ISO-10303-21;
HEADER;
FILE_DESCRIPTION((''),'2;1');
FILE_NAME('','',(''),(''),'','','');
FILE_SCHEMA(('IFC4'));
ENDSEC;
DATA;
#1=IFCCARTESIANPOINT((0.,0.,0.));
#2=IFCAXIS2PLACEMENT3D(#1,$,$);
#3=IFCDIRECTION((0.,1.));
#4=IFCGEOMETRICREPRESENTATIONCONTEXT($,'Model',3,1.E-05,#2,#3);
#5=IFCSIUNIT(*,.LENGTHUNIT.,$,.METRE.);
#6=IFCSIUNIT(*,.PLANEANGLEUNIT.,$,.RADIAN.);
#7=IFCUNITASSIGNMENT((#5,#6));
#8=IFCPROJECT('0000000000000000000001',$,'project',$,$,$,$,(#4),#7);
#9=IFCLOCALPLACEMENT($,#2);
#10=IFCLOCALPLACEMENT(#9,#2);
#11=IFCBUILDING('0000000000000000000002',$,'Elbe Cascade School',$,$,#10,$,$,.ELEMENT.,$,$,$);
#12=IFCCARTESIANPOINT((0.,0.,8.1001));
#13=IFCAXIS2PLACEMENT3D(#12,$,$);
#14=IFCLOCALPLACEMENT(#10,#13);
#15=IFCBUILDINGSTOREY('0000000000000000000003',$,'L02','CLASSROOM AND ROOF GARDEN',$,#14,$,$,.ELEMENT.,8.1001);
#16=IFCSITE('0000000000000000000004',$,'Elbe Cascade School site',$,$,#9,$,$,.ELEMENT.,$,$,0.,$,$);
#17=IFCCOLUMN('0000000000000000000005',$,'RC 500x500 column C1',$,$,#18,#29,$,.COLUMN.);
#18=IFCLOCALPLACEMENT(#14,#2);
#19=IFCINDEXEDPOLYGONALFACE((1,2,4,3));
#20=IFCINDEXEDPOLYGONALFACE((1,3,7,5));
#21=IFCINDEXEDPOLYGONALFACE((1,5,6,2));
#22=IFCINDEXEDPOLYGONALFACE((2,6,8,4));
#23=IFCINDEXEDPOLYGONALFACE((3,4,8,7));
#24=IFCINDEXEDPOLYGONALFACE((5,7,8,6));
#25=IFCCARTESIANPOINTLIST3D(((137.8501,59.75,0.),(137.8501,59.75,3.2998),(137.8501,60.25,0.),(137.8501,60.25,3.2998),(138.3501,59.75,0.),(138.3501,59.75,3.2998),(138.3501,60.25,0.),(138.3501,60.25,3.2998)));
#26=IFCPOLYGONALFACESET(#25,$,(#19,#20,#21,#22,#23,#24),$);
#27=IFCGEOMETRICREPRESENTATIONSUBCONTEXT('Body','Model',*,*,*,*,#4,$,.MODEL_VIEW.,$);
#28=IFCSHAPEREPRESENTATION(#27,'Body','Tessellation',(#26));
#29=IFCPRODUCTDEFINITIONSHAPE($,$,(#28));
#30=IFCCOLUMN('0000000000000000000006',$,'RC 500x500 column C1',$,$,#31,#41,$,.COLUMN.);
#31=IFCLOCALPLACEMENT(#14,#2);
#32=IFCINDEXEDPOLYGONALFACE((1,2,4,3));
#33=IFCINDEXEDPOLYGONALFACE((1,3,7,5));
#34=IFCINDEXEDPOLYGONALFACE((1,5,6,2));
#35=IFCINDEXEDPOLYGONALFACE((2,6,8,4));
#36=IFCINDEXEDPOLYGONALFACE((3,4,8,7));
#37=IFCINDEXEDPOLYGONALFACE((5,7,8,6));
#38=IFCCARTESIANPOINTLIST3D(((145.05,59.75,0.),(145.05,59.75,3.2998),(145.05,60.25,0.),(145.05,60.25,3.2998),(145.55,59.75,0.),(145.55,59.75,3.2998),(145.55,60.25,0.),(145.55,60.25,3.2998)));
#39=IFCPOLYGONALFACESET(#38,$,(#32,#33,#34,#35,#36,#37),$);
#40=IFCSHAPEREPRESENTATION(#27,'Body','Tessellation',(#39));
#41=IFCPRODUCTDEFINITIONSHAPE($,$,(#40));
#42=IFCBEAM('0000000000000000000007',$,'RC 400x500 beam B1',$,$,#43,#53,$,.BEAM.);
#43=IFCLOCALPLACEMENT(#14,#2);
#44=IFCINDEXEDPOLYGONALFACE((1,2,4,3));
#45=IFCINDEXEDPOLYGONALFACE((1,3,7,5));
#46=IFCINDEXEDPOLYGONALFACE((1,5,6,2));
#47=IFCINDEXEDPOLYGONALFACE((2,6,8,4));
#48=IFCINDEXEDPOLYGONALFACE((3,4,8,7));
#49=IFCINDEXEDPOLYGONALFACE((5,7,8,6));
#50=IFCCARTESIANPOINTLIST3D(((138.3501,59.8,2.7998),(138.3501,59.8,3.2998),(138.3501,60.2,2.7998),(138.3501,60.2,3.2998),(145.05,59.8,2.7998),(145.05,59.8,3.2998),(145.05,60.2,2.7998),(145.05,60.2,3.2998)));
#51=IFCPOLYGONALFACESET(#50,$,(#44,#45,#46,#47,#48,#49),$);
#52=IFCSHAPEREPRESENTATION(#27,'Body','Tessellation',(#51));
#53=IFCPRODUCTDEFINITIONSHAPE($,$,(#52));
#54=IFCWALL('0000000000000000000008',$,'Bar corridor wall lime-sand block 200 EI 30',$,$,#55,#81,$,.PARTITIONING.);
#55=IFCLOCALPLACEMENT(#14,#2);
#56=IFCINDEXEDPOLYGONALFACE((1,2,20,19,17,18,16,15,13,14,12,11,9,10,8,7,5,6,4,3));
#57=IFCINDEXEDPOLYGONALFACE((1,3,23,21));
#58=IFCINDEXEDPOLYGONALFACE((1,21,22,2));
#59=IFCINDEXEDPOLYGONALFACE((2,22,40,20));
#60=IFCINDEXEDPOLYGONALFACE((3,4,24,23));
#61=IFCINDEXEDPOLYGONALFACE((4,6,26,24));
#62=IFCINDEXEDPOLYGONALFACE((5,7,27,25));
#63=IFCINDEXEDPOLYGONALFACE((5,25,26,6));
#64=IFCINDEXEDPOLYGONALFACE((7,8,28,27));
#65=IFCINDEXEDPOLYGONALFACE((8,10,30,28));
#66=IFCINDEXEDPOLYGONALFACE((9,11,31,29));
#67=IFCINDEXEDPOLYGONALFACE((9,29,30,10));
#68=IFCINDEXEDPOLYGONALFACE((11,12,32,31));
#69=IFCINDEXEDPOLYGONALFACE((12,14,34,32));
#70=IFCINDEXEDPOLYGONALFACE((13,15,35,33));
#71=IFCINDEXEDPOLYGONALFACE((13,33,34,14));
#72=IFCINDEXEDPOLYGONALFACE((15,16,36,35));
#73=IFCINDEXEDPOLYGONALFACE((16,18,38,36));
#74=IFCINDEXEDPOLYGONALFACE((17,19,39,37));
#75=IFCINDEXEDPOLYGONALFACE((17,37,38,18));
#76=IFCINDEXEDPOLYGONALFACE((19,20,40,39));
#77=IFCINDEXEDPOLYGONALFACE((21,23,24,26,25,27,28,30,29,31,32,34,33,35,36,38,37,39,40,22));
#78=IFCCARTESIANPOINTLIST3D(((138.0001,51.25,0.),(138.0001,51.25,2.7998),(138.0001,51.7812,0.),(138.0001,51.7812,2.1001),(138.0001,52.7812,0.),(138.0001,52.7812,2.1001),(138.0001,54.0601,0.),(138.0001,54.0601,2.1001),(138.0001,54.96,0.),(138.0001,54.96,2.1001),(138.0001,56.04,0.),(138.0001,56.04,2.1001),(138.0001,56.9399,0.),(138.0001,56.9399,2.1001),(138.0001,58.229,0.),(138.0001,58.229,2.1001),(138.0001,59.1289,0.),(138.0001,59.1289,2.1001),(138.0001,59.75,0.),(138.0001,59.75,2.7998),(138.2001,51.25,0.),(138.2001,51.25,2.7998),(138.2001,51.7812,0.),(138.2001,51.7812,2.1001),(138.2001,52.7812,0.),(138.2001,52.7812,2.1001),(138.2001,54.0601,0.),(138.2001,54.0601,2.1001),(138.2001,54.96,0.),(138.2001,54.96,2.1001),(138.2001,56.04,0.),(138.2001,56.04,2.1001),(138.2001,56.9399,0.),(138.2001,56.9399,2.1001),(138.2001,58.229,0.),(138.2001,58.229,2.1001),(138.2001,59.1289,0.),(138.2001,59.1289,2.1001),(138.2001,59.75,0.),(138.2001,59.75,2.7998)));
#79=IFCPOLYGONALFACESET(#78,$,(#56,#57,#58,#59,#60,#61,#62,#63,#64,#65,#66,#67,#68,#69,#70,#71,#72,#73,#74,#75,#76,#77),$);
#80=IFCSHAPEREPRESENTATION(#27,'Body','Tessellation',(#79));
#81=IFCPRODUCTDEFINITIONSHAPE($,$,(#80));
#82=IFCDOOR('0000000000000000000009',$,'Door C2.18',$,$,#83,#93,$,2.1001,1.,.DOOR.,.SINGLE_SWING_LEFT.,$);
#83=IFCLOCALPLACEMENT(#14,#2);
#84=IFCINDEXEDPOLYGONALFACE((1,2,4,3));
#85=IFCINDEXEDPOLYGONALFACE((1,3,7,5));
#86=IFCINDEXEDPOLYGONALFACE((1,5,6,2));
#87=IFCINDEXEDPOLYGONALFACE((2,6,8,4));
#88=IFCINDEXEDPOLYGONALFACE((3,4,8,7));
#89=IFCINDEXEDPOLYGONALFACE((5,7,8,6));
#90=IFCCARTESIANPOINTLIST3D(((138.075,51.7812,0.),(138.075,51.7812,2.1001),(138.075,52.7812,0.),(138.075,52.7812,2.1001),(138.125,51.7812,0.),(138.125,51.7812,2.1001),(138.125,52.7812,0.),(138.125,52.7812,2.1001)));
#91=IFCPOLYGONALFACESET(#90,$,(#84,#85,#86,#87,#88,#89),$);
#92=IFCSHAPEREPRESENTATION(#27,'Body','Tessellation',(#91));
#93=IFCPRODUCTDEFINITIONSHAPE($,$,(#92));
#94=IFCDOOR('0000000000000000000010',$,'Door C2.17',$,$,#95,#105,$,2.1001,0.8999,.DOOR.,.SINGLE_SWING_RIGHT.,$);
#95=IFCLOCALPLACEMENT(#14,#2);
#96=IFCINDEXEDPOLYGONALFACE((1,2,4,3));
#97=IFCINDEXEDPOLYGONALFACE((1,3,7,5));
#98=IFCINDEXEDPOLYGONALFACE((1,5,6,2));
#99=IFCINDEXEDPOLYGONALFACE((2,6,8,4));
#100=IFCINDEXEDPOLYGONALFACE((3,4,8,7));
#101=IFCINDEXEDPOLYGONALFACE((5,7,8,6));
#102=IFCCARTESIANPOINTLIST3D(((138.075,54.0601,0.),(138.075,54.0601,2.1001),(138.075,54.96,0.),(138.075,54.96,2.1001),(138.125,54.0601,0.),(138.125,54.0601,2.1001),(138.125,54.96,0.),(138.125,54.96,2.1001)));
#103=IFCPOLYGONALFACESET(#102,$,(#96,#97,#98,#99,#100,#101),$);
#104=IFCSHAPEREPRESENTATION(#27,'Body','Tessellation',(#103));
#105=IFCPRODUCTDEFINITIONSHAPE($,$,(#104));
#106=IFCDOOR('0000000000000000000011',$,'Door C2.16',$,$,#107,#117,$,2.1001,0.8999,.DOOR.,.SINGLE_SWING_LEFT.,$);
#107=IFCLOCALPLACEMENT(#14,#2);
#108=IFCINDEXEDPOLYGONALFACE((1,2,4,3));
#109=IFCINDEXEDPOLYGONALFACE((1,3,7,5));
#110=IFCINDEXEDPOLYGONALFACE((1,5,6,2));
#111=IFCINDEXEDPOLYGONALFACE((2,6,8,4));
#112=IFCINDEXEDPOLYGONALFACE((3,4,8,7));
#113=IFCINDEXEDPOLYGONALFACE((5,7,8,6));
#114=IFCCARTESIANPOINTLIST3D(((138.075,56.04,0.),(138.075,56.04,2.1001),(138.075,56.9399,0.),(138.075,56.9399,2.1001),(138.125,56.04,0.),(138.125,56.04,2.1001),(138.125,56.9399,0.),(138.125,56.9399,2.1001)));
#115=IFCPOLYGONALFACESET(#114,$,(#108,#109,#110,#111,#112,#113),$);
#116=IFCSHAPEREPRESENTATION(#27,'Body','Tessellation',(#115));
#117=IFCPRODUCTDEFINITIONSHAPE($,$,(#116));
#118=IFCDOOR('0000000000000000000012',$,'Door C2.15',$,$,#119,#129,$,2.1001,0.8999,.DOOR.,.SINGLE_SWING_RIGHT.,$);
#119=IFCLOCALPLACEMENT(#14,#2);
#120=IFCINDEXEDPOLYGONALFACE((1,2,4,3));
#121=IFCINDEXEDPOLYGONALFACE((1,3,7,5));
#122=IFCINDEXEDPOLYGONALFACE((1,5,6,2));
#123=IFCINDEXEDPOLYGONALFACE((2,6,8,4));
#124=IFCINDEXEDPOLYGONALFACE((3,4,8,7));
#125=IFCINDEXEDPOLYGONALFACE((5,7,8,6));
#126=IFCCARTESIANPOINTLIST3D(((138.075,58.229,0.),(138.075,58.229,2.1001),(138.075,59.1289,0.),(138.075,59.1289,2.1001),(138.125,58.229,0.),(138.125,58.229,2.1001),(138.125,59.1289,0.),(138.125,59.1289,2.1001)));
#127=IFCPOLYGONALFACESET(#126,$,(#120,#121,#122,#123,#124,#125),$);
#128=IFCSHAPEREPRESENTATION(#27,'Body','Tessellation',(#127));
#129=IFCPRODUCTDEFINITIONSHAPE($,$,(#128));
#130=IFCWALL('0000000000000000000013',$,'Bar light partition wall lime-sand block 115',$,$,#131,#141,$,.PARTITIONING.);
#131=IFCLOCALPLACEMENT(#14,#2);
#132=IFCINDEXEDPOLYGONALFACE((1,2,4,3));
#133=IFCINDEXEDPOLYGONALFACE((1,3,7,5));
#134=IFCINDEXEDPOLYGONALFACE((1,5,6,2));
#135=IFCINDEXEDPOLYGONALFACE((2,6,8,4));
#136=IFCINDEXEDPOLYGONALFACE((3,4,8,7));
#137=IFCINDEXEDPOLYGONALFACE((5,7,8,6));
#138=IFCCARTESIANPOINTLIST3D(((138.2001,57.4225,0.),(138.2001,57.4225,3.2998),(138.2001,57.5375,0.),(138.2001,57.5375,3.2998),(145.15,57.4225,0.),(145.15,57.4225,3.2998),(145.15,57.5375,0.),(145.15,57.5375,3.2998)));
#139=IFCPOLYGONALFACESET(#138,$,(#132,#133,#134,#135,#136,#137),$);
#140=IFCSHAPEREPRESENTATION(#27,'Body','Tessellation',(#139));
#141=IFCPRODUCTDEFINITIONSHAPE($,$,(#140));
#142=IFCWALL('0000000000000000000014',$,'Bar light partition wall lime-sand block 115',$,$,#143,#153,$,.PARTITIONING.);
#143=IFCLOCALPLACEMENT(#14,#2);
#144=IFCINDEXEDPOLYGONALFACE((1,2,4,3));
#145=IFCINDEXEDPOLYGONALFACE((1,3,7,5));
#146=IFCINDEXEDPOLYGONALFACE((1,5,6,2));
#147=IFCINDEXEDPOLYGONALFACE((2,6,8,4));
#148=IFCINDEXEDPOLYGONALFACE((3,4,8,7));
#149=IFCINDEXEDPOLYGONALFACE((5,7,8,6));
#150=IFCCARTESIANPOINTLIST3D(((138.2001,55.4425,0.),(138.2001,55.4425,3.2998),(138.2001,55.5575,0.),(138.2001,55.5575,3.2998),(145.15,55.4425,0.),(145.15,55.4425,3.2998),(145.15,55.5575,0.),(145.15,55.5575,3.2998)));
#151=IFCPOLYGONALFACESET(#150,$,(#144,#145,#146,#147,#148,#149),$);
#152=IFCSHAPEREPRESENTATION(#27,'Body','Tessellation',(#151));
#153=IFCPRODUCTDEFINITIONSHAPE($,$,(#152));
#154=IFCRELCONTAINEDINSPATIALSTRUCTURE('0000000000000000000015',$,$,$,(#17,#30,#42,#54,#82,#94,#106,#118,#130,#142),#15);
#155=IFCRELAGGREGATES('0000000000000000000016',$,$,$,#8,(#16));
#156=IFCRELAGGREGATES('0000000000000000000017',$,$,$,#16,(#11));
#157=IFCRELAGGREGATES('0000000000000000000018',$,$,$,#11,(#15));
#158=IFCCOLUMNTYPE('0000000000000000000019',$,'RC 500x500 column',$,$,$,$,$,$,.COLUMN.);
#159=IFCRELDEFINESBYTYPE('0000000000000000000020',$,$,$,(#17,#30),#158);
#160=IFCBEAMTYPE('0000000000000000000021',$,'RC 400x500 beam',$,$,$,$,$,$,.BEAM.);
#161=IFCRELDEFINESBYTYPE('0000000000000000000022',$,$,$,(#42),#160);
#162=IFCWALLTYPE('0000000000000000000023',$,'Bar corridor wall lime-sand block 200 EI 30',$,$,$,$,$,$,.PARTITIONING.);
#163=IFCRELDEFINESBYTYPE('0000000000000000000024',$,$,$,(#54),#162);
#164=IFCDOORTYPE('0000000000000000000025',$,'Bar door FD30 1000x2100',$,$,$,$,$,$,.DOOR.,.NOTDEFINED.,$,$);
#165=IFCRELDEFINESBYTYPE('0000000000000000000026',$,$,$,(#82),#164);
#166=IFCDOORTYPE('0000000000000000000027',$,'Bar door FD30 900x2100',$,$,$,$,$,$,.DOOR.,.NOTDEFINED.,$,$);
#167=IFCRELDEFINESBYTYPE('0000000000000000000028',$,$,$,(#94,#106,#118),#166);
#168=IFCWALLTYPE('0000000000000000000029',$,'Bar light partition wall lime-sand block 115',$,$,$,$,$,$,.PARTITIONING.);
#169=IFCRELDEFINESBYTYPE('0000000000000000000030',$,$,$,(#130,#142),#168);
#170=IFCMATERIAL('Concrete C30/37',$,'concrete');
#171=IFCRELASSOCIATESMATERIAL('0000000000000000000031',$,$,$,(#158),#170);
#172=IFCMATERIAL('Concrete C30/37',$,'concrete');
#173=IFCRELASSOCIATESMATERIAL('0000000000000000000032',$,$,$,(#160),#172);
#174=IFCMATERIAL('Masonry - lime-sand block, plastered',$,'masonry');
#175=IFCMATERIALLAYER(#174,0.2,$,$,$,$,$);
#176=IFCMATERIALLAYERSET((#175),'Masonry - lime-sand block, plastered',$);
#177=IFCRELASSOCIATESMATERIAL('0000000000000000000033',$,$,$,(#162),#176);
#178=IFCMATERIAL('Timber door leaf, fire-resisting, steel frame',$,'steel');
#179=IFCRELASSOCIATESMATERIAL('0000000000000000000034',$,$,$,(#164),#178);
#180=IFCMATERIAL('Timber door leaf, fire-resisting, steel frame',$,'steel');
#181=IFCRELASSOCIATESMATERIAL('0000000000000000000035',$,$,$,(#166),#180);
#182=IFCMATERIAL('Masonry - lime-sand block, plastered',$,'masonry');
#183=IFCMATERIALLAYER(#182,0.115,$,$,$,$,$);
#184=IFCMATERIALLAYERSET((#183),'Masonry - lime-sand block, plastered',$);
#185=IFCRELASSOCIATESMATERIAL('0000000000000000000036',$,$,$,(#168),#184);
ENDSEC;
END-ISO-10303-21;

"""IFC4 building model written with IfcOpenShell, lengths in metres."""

from ifc_helpers import new_model, si_unit, direction, frame, frame_2d, origin, origin_2d, place, context, subcontext, project, spatial, rectangle, extrude, material, layer, layer_set, material_profile, profile_set, type_object, element, fill, save


model = new_model("IFC4")

# Units and contexts
model_context = context("Model", 3, precision=1e-05, world=origin(), true_north=direction((0.0, 1.0)))
body_context = subcontext(model_context, "Body", "Model", "MODEL_VIEW")
ifc_project = project(units=[si_unit("LENGTHUNIT", "METRE"), si_unit("PLANEANGLEUNIT", "RADIAN")], contexts=[model_context])

# Site, building, storey
site_placement = place(None, origin())
site = spatial("IfcSite", under=ifc_project, at=site_placement, Name="Elbe Cascade School site", CompositionType="ELEMENT", RefElevation=0.0)
building_placement = place(site_placement, origin())
building = spatial("IfcBuilding", under=site, at=building_placement, Name="Elbe Cascade School", CompositionType="ELEMENT")
storey_placement = place(building_placement, frame((0.0, 0.0, 8.1001)))
storey = spatial("IfcBuildingStorey", under=building, at=storey_placement, Name="L02", Description="CLASSROOM AND ROOF GARDEN", CompositionType="ELEMENT", Elevation=8.1001)

# Columns
ifc_material_1 = material(Name="Concrete C30/37", Category="concrete")
ifc_material_profile_1 = material_profile(ifc_material_1, rectangle(XDim=0.5, YDim=0.5, at=origin_2d()), Name="RC 500x500")
ifc_profile_set_1 = profile_set([ifc_material_profile_1], Name="Concrete C30/37")
column_type = type_object("IfcColumnType", Name="RC 500x500 column", PredefinedType="COLUMN", material=ifc_profile_set_1)
for number, where, z_axis, x_axis, name in (
    (1, (138.1001, 60.0, 0.0), (0.0, 0.0, 1.0), (1.0, 0.0, 0.0), "RC 500x500 column C1"),
    (2, (145.3, 60.0, 0.0), (0.0, 0.0, 1.0), (1.0, 0.0, 0.0), "RC 500x500 column C1"),
):
    element("IfcColumn", number, at=place(storey_placement, frame(where, z_axis=z_axis, x_axis=x_axis)), inside=storey, type_object=column_type, Name=name, PredefinedType="COLUMN", context=body_context, shape_type="SweptSolid", body=[
        extrude(rectangle(XDim=0.5, YDim=0.5, at=origin_2d()), origin(), (0.0, 0.0, 1.0), 3.2998),
    ])

# Beam
ifc_material_2 = material(Name="Concrete C30/37", Category="concrete")
ifc_material_profile_2 = material_profile(ifc_material_2, rectangle(XDim=0.3999, YDim=0.5, at=origin_2d()), Name="RC 400x500")
ifc_profile_set_2 = profile_set([ifc_material_profile_2], Name="Concrete C30/37")
beam_type = type_object("IfcBeamType", Name="RC 400x500 beam", PredefinedType="BEAM", material=ifc_profile_set_2)
beam_placement = place(storey_placement, frame((138.3501, 60.0, 3.0498), z_axis=(1.0, 0.0, 0.0), x_axis=(0.0, 1.0, 0.0)))
element("IfcBeam", 3, at=beam_placement, inside=storey, type_object=beam_type, Name="RC 400x500 beam B1", PredefinedType="BEAM", context=body_context, shape_type="SweptSolid", body=[
    extrude(rectangle(XDim=0.3999, YDim=0.5, at=origin_2d()), origin(), (0.0, 0.0, 1.0), 6.7),
])

# Wall, openings, doors
ifc_material_3 = material(Name="Masonry - lime-sand block, plastered", Category="masonry")
ifc_layer_1 = layer(ifc_material_3, 0.2)
ifc_layer_set_1 = layer_set([ifc_layer_1], Name="Masonry - lime-sand block, plastered")
wall_type_1 = type_object("IfcWallType", Name="Bar corridor wall lime-sand block 200 EI 30", PredefinedType="PARTITIONING", material=ifc_layer_set_1)
wall_1_placement = place(storey_placement, frame((138.1001, 59.75, 0.0), z_axis=(0.0, 0.0, 1.0), x_axis=(0.0, -1.0, 0.0)))
wall_1 = element("IfcWall", 4, at=wall_1_placement, inside=storey, type_object=wall_type_1, Name="Bar corridor wall lime-sand block 200 EI 30", PredefinedType="PARTITIONING", context=body_context, shape_type="SweptSolid", body=[
    extrude(rectangle(XDim=8.5, YDim=0.2, at=frame_2d((4.25, 0.0))), origin(), (0.0, 0.0, 1.0), 2.7998),
])
opening_1_placement = place(wall_1_placement, frame((6.9688, 0.0, 0.0)))
opening_1 = element("IfcOpeningElement", 5, at=opening_1_placement, cuts=wall_1, PredefinedType="OPENING", context=body_context, shape_type="SweptSolid", body=[
    extrude(rectangle(XDim=1.0, YDim=2.1001, at=frame_2d((0.5, 1.05))), frame((0.0, 0.1099, 0.0), z_axis=(0.0, -1.0, 0.0), x_axis=(1.0, 0.0, 0.0)), (0.0, 0.0, 1.0), 0.22),
])
opening_2_placement = place(wall_1_placement, frame((4.79, 0.0, 0.0)))
opening_2 = element("IfcOpeningElement", 6, at=opening_2_placement, cuts=wall_1, PredefinedType="OPENING", context=body_context, shape_type="SweptSolid", body=[
    extrude(rectangle(XDim=0.8999, YDim=2.1001, at=frame_2d((0.45, 1.05))), frame((0.0, 0.1099, 0.0), z_axis=(0.0, -1.0, 0.0), x_axis=(1.0, 0.0, 0.0)), (0.0, 0.0, 1.0), 0.22),
])
opening_3_placement = place(wall_1_placement, frame((2.8101, 0.0, 0.0)))
opening_3 = element("IfcOpeningElement", 7, at=opening_3_placement, cuts=wall_1, PredefinedType="OPENING", context=body_context, shape_type="SweptSolid", body=[
    extrude(rectangle(XDim=0.8999, YDim=2.1001, at=frame_2d((0.45, 1.05))), frame((0.0, 0.1099, 0.0), z_axis=(0.0, -1.0, 0.0), x_axis=(1.0, 0.0, 0.0)), (0.0, 0.0, 1.0), 0.22),
])
opening_4_placement = place(wall_1_placement, frame((0.6211, 0.0, 0.0)))
opening_4 = element("IfcOpeningElement", 8, at=opening_4_placement, cuts=wall_1, PredefinedType="OPENING", context=body_context, shape_type="SweptSolid", body=[
    extrude(rectangle(XDim=0.8999, YDim=2.1001, at=frame_2d((0.45, 1.05))), frame((0.0, 0.1099, 0.0), z_axis=(0.0, -1.0, 0.0), x_axis=(1.0, 0.0, 0.0)), (0.0, 0.0, 1.0), 0.22),
])
ifc_material_4 = material(Name="Timber door leaf, fire-resisting, steel frame", Category="steel")
door_type_1 = type_object("IfcDoorType", Name="Bar door FD30 1000x2100", OperationType="NOTDEFINED", PredefinedType="DOOR", material=ifc_material_4)
door_1_placement = place(opening_1_placement, origin())
door_1 = element("IfcDoor", 9, at=door_1_placement, inside=storey, type_object=door_type_1, Name="Door C2.18", OperationType="SINGLE_SWING_LEFT", OverallHeight=2.1001, OverallWidth=1.0, PredefinedType="DOOR", context=body_context, shape_type="SweptSolid", body=[
    extrude(rectangle(XDim=1.0, YDim=2.1001, at=frame_2d((0.5, 1.05))), frame((0.0, 0.0249, 0.0), z_axis=(0.0, -1.0, 0.0), x_axis=(1.0, 0.0, 0.0)), (0.0, 0.0, 1.0), 0.05),
])
fill(opening_1, door_1)
ifc_material_5 = material(Name="Timber door leaf, fire-resisting, steel frame", Category="steel")
door_type_2 = type_object("IfcDoorType", Name="Bar door FD30 900x2100", OperationType="NOTDEFINED", PredefinedType="DOOR", material=ifc_material_5)
door_2_placement = place(opening_2_placement, origin())
door_2 = element("IfcDoor", 10, at=door_2_placement, inside=storey, type_object=door_type_2, Name="Door C2.17", OperationType="SINGLE_SWING_RIGHT", OverallHeight=2.1001, OverallWidth=0.8999, PredefinedType="DOOR", context=body_context, shape_type="SweptSolid", body=[
    extrude(rectangle(XDim=0.8999, YDim=2.1001, at=frame_2d((0.45, 1.05))), frame((0.0, 0.0249, 0.0), z_axis=(0.0, -1.0, 0.0), x_axis=(1.0, 0.0, 0.0)), (0.0, 0.0, 1.0), 0.05),
])
fill(opening_2, door_2)
door_3_placement = place(opening_3_placement, origin())
door_3 = element("IfcDoor", 11, at=door_3_placement, inside=storey, type_object=door_type_2, Name="Door C2.16", OperationType="SINGLE_SWING_LEFT", OverallHeight=2.1001, OverallWidth=0.8999, PredefinedType="DOOR", context=body_context, shape_type="SweptSolid", body=[
    extrude(rectangle(XDim=0.8999, YDim=2.1001, at=frame_2d((0.45, 1.05))), frame((0.0, 0.0249, 0.0), z_axis=(0.0, -1.0, 0.0), x_axis=(1.0, 0.0, 0.0)), (0.0, 0.0, 1.0), 0.05),
])
fill(opening_3, door_3)
door_4_placement = place(opening_4_placement, origin())
door_4 = element("IfcDoor", 12, at=door_4_placement, inside=storey, type_object=door_type_2, Name="Door C2.15", OperationType="SINGLE_SWING_RIGHT", OverallHeight=2.1001, OverallWidth=0.8999, PredefinedType="DOOR", context=body_context, shape_type="SweptSolid", body=[
    extrude(rectangle(XDim=0.8999, YDim=2.1001, at=frame_2d((0.45, 1.05))), frame((0.0, 0.0249, 0.0), z_axis=(0.0, -1.0, 0.0), x_axis=(1.0, 0.0, 0.0)), (0.0, 0.0, 1.0), 0.05),
])
fill(opening_4, door_4)

# Walls
ifc_material_6 = material(Name="Masonry - lime-sand block, plastered", Category="masonry")
ifc_layer_2 = layer(ifc_material_6, 0.115)
ifc_layer_set_2 = layer_set([ifc_layer_2], Name="Masonry - lime-sand block, plastered")
wall_type_2 = type_object("IfcWallType", Name="Bar light partition wall lime-sand block 115", PredefinedType="PARTITIONING", material=ifc_layer_set_2)
for number, where, z_axis, x_axis, name in (
    (13, (138.2, 57.48, 0.0), (0.0, 0.0, 1.0), (1.0, 0.0, 0.0), "Bar light partition wall lime-sand block 115"),
    (14, (138.2, 55.5, 0.0), (0.0, 0.0, 1.0), (1.0, 0.0, 0.0), "Bar light partition wall lime-sand block 115"),
):
    element("IfcWall", number, at=place(storey_placement, frame(where, z_axis=z_axis, x_axis=x_axis)), inside=storey, type_object=wall_type_2, Name=name, PredefinedType="PARTITIONING", context=body_context, shape_type="SweptSolid", body=[
        extrude(rectangle(XDim=6.95, YDim=0.115, at=frame_2d((3.4751, 0.0))), origin(), (0.0, 0.0, 1.0), 3.2998),
    ])

save(model, "model.ifc")
